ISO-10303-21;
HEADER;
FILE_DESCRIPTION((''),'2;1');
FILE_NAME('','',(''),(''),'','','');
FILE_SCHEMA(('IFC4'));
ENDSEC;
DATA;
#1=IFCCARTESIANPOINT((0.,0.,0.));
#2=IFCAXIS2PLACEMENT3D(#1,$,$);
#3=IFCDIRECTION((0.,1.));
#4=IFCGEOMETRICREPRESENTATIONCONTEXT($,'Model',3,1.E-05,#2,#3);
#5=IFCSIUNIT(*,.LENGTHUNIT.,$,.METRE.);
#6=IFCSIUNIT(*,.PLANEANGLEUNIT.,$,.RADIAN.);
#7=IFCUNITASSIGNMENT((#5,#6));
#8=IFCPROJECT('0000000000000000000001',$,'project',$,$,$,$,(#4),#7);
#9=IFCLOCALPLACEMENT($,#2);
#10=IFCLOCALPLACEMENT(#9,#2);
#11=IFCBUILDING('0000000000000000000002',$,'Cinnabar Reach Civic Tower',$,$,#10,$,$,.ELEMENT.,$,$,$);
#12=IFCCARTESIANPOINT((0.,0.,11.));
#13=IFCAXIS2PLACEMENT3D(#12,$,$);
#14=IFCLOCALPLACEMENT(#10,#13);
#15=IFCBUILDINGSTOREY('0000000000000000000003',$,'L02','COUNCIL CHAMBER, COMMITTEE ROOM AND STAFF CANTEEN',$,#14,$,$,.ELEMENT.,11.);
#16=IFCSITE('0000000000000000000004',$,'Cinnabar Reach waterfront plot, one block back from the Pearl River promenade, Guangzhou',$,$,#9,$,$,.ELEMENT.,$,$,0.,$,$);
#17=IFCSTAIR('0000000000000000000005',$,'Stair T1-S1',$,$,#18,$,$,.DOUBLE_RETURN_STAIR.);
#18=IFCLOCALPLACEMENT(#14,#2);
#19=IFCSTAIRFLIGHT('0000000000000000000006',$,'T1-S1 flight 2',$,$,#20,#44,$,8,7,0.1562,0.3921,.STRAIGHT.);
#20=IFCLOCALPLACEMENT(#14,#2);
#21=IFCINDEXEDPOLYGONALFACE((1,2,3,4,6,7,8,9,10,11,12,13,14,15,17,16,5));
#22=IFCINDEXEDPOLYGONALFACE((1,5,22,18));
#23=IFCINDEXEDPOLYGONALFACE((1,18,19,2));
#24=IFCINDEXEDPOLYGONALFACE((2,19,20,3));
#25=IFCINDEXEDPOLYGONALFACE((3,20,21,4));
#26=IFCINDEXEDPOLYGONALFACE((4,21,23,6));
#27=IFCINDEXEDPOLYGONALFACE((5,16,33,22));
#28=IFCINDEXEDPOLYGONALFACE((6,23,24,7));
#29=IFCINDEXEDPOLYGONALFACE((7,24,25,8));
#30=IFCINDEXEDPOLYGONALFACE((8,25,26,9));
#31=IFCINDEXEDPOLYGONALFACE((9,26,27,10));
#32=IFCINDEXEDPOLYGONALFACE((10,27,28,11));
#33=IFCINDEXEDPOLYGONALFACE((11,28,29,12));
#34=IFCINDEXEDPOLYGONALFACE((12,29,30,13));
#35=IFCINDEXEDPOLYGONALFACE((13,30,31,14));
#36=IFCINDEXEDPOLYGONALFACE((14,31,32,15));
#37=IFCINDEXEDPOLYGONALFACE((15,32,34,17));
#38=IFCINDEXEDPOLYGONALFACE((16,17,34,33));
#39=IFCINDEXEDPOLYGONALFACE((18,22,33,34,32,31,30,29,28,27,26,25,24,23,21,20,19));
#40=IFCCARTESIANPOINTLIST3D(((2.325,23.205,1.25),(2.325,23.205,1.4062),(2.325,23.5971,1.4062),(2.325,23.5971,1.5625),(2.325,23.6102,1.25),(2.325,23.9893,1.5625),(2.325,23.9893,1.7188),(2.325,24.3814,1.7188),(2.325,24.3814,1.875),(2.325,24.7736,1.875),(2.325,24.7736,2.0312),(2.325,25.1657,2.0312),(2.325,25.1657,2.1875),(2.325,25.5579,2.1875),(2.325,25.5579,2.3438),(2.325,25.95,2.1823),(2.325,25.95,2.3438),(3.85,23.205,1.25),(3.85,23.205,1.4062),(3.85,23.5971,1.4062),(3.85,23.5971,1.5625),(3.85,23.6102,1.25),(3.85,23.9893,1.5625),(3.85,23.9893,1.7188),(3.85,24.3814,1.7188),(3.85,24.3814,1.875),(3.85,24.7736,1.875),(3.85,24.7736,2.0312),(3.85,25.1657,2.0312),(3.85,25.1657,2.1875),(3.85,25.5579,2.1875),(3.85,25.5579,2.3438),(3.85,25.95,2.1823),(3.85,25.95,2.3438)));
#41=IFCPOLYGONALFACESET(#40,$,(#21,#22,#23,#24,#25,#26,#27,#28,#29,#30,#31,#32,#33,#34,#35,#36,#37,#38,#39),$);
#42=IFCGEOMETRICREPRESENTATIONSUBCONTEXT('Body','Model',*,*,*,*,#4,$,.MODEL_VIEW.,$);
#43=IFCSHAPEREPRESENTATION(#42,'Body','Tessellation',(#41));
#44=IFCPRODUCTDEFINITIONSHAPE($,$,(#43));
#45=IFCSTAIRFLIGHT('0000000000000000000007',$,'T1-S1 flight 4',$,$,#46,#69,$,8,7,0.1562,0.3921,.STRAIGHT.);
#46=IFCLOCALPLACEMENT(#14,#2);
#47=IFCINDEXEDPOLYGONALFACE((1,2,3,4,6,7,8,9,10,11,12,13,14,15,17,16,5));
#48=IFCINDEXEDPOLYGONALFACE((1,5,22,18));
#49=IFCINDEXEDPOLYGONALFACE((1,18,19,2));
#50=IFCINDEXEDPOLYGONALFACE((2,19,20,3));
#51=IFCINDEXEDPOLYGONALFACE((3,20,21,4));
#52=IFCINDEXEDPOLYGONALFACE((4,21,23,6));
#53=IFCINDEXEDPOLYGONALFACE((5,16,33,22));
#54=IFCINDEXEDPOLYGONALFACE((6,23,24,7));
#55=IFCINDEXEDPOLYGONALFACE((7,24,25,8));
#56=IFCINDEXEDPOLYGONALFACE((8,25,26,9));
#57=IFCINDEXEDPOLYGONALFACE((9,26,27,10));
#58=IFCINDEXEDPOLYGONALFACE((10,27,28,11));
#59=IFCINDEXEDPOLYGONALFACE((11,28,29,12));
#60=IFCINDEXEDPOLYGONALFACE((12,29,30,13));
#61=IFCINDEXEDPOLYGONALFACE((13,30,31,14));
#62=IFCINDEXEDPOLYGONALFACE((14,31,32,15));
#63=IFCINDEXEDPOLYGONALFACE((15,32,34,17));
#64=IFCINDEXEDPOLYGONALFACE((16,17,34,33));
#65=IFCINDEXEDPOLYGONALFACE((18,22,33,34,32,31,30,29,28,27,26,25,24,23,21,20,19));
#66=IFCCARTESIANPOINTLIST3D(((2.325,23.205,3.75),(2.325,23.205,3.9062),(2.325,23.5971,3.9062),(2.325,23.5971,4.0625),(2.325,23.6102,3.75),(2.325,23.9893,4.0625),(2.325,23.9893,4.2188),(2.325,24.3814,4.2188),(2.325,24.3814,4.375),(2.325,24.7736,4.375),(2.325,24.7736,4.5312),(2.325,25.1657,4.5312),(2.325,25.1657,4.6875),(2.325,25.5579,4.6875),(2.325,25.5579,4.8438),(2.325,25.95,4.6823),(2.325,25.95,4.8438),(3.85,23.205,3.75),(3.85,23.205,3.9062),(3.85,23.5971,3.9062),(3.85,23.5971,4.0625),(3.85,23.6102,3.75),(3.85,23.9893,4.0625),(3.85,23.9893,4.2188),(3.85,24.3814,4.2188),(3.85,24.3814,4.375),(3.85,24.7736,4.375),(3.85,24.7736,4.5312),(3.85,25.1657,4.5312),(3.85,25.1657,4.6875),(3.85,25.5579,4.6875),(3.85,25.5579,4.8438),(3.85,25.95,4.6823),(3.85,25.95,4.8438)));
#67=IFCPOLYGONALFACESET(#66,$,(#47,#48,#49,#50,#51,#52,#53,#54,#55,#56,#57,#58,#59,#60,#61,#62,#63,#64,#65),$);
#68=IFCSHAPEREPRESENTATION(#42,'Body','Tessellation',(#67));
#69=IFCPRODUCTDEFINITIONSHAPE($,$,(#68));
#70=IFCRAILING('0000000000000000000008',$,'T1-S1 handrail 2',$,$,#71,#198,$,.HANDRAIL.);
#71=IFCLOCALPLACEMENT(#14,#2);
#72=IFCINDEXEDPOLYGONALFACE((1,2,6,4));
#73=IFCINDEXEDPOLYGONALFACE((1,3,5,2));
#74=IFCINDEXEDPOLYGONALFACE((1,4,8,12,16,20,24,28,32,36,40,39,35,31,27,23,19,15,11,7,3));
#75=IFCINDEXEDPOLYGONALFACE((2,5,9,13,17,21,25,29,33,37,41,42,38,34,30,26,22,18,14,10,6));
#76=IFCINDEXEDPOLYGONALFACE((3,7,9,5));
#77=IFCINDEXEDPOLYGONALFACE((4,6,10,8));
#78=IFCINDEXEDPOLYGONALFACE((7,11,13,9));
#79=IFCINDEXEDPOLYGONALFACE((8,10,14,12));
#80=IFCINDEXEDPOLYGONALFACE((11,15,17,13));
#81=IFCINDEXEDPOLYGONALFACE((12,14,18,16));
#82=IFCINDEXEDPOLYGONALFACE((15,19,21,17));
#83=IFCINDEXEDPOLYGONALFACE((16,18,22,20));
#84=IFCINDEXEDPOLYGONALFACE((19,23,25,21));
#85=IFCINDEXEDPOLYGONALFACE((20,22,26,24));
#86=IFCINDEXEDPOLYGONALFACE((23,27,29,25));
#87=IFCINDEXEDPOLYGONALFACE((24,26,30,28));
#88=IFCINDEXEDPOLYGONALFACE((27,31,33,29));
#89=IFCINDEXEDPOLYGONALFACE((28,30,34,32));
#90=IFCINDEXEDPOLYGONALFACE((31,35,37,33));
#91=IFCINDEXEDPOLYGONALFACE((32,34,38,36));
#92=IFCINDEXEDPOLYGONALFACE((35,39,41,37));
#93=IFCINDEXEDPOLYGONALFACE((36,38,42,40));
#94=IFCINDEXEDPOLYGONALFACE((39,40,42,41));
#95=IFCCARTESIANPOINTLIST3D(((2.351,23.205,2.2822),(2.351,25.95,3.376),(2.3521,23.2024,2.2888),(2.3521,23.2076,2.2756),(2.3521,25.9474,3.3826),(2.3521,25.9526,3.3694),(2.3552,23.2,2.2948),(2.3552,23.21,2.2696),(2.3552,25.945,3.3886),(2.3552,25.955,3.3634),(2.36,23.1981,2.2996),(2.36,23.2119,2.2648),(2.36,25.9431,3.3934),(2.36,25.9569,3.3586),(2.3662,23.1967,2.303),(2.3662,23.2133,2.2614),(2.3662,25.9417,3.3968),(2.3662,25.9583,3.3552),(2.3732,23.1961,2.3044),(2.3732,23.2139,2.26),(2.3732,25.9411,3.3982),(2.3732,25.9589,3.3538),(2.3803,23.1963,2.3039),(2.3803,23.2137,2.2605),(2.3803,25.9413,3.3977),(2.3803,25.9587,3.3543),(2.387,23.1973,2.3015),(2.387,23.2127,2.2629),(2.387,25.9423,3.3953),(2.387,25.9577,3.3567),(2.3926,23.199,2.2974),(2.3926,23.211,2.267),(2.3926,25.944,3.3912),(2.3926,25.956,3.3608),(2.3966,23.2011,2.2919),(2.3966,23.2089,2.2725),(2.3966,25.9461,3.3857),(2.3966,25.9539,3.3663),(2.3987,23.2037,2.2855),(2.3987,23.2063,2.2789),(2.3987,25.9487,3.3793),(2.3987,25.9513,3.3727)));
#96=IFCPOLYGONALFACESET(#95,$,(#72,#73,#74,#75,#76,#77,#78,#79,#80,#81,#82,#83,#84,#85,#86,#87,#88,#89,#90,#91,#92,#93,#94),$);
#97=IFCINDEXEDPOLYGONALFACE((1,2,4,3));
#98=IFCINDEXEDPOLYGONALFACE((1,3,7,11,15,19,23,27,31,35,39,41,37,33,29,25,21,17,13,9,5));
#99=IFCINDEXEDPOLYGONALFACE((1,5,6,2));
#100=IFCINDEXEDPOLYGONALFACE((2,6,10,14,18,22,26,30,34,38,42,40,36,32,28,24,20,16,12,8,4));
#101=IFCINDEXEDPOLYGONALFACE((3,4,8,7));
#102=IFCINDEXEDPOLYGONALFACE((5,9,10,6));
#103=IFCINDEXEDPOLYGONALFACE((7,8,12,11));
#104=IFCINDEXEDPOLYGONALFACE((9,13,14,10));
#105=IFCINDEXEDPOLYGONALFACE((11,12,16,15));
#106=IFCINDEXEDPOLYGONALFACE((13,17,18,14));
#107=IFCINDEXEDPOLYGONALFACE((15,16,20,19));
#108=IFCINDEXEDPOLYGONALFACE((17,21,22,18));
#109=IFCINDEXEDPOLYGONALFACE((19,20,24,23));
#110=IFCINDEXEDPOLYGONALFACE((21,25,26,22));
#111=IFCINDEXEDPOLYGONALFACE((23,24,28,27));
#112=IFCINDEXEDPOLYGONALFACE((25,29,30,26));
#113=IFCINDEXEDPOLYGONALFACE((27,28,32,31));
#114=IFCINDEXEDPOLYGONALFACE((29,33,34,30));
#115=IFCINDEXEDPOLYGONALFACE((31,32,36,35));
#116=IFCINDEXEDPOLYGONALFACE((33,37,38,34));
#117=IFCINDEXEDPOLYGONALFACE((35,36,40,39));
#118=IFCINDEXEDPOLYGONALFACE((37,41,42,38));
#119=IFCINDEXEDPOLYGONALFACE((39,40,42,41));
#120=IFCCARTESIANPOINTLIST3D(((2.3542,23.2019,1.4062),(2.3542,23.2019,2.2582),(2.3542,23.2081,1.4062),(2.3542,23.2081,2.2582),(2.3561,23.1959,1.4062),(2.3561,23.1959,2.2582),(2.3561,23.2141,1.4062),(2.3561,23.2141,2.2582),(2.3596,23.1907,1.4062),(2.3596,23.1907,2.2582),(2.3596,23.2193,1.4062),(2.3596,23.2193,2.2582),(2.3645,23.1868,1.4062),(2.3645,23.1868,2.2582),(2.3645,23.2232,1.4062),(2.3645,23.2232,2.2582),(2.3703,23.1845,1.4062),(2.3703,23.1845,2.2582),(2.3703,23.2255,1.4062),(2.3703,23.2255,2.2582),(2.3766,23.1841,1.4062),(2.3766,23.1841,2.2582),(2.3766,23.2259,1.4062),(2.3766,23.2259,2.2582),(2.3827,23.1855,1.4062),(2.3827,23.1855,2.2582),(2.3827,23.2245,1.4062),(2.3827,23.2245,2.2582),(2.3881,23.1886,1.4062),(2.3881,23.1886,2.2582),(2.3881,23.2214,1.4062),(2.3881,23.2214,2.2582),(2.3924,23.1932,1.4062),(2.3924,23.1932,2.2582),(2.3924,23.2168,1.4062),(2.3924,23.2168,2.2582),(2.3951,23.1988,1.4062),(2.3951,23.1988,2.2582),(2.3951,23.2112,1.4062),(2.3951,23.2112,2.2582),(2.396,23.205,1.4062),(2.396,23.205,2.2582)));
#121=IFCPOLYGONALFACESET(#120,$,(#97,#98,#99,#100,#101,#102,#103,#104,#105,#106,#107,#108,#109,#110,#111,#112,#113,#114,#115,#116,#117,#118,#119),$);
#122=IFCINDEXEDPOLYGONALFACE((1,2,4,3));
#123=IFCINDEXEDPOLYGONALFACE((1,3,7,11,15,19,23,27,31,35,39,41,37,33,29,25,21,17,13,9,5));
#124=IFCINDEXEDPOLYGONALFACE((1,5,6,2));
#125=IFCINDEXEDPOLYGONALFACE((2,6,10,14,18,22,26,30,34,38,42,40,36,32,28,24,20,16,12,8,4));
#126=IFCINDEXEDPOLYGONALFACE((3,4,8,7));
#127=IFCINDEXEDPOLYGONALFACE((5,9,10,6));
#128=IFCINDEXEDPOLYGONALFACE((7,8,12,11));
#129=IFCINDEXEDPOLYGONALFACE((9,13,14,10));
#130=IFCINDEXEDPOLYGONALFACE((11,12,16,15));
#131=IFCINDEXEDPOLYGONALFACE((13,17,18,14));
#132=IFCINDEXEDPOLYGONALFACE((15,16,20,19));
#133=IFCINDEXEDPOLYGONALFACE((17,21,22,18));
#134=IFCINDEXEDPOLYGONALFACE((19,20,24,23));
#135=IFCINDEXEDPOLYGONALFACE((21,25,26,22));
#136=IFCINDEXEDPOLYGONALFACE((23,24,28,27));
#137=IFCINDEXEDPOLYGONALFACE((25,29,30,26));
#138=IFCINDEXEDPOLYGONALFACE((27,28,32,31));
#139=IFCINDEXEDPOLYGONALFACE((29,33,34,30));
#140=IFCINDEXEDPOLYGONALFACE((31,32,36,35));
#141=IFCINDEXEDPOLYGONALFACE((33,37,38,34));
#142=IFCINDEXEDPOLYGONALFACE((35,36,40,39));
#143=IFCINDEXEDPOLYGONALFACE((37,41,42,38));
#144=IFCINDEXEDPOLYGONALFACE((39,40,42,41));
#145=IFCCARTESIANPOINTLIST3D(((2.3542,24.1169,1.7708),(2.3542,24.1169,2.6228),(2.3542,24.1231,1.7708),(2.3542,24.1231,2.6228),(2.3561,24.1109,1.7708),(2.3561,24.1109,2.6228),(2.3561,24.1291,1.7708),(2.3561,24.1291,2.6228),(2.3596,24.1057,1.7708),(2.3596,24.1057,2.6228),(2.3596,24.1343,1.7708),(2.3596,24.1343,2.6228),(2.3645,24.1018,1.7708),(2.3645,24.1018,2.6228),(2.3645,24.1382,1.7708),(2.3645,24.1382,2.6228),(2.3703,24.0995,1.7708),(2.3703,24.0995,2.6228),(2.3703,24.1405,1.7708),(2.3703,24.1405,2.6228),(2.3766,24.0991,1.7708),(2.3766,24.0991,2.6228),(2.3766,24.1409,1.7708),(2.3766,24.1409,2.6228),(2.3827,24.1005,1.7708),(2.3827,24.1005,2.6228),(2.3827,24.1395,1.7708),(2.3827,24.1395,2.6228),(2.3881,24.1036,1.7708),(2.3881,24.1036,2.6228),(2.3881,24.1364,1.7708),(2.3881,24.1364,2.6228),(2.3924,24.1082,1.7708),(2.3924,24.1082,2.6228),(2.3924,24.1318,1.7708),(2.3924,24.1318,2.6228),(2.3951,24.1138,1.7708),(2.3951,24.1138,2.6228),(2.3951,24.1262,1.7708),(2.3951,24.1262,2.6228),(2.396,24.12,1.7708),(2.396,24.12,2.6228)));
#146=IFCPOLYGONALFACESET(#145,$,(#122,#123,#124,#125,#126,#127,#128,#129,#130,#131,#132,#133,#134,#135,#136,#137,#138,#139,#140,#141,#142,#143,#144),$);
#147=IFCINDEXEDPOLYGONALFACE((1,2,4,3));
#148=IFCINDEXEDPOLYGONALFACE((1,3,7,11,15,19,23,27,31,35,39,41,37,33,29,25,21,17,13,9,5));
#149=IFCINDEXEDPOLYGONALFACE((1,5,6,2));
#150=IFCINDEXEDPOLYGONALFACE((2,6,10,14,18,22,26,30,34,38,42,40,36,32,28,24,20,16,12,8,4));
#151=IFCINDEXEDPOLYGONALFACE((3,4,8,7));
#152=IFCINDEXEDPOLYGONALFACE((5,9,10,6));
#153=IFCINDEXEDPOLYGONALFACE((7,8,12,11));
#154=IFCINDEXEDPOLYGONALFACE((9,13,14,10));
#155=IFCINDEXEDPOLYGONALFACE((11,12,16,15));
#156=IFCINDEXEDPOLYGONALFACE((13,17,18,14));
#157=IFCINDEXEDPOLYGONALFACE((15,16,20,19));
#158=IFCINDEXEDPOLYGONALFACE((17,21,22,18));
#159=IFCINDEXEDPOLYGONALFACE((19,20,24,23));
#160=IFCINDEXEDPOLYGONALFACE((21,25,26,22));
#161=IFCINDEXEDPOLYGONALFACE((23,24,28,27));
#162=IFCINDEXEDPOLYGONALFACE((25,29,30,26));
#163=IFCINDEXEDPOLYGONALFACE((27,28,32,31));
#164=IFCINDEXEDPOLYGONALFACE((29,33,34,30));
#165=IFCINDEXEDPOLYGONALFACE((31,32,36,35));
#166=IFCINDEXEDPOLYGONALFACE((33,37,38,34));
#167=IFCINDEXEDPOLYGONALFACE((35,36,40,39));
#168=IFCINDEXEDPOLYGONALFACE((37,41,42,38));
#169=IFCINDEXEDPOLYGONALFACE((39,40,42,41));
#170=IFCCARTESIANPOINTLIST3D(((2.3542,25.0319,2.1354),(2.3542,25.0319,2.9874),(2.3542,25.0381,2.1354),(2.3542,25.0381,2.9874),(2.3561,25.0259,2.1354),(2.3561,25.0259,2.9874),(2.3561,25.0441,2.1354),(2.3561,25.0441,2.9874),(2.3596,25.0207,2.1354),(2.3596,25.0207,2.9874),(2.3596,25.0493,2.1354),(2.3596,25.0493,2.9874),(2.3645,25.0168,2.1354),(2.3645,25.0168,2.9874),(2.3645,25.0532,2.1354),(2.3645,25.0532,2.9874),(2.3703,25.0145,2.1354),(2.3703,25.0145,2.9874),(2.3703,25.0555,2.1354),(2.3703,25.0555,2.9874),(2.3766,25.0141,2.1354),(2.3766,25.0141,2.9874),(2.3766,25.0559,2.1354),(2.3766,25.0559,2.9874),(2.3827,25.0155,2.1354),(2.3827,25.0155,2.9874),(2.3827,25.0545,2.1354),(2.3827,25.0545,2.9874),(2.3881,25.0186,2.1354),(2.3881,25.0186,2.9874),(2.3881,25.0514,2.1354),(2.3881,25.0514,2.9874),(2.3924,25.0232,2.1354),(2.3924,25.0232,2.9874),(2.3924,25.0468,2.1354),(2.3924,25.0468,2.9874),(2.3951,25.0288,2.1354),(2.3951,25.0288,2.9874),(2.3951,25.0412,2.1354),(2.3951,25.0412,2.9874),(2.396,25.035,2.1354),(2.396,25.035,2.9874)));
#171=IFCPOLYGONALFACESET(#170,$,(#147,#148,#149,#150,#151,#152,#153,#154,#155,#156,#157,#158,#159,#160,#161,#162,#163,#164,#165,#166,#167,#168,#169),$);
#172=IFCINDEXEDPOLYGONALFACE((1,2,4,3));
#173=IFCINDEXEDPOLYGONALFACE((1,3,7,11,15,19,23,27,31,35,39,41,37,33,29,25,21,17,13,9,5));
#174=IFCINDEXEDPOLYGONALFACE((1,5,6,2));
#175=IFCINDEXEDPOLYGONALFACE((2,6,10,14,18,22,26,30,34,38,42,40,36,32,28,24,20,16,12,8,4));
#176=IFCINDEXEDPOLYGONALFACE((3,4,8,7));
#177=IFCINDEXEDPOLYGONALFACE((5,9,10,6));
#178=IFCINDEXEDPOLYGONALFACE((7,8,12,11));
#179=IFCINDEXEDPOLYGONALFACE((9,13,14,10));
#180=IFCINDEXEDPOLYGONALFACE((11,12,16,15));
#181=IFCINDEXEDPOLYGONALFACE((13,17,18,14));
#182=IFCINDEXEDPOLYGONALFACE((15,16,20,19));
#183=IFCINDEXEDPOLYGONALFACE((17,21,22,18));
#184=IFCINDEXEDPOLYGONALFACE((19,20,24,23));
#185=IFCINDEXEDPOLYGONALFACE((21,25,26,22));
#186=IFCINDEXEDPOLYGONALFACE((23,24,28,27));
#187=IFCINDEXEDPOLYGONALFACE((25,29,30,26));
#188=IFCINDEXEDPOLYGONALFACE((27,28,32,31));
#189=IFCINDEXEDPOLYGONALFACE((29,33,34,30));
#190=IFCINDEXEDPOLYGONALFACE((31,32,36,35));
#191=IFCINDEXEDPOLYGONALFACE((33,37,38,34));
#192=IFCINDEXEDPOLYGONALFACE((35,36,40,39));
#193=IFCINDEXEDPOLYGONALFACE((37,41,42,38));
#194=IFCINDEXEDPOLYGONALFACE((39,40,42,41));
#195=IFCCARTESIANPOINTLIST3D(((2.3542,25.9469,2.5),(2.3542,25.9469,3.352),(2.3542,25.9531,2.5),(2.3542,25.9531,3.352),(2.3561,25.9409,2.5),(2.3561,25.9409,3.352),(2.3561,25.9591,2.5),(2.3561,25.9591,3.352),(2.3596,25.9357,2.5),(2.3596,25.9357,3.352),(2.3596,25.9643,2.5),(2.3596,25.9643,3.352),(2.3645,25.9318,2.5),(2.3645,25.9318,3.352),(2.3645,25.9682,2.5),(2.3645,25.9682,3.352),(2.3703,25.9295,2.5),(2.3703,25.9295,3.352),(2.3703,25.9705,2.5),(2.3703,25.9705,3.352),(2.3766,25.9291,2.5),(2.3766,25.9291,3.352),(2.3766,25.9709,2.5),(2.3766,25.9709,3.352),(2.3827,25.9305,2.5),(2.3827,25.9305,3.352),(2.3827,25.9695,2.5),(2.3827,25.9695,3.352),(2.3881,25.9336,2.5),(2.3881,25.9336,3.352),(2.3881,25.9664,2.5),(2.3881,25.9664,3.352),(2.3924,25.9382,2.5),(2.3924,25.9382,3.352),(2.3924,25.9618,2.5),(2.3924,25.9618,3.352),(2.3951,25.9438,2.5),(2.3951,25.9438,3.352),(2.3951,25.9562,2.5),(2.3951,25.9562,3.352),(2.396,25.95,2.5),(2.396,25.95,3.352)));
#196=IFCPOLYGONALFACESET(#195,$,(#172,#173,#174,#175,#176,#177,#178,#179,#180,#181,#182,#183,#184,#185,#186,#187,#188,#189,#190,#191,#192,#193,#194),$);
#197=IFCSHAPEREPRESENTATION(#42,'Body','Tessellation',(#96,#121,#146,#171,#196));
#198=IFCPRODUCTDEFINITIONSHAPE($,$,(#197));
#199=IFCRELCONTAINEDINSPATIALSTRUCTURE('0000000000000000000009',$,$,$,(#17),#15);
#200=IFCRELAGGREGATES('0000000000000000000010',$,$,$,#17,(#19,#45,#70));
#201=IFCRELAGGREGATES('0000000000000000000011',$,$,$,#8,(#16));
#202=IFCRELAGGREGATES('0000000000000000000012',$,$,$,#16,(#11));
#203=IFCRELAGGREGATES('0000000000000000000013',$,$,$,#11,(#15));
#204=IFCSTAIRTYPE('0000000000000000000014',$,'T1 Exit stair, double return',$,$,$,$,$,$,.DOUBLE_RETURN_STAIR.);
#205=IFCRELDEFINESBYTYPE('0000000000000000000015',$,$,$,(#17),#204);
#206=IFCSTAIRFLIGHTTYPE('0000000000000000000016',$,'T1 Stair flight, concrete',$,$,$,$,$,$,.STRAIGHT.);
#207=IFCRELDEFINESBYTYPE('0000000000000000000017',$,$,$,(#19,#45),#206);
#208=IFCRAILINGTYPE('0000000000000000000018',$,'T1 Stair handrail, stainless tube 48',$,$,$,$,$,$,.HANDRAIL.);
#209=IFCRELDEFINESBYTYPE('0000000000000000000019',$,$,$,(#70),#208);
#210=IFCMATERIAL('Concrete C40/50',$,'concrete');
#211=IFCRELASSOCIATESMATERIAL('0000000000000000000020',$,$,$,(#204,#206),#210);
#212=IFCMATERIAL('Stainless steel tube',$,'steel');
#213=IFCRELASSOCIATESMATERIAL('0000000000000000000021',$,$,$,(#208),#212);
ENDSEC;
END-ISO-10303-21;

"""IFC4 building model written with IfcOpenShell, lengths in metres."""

from ifc_helpers import new_model, si_unit, direction, frame, origin, origin_2d, place, context, subcontext, project, spatial, polyline, circle, outline, extrude, material, type_object, element, aggregate, save


model = new_model("IFC4")

# Units and contexts
model_context = context("Model", 3, precision=1e-05, world=origin(), true_north=direction((0.0, 1.0)))
body_context = subcontext(model_context, "Body", "Model", "MODEL_VIEW")
ifc_project = project(units=[si_unit("LENGTHUNIT", "METRE"), si_unit("PLANEANGLEUNIT", "RADIAN")], contexts=[model_context])

# Site, building, storey
site_placement = place(None, origin())
site = spatial("IfcSite", under=ifc_project, at=site_placement, Name="Cinnabar Reach waterfront plot, one block back from the Pearl River promenade, Guangzhou", CompositionType="ELEMENT", RefElevation=0.0)
building_placement = place(site_placement, origin())
building = spatial("IfcBuilding", under=site, at=building_placement, Name="Cinnabar Reach Civic Tower", CompositionType="ELEMENT")
storey_placement = place(building_placement, frame((0.0, 0.0, 11.0)))
storey = spatial("IfcBuildingStorey", under=building, at=storey_placement, Name="L02", Description="COUNCIL CHAMBER, COMMITTEE ROOM AND STAFF CANTEEN", CompositionType="ELEMENT", Elevation=11.0)

# Shared definitions
ifc_material_1 = material(Name="Concrete C40/50", Category="concrete")

# Stair, stair flights, railing
stair_type = type_object("IfcStairType", Name="T1 Exit stair, double return", PredefinedType="DOUBLE_RETURN_STAIR", material=ifc_material_1)
stair_placement = place(storey_placement, origin())
stair = element("IfcStair", 1, at=stair_placement, inside=storey, type_object=stair_type, Name="Stair T1-S1", PredefinedType="DOUBLE_RETURN_STAIR")
stair_flight_type = type_object("IfcStairFlightType", Name="T1 Stair flight, concrete", PredefinedType="STRAIGHT", material=ifc_material_1)
stair_flight_1_placement = place(storey_placement, frame((3.0875, 23.205, 1.25), z_axis=(0.0, 0.0, 1.0), x_axis=(0.0, 1.0, 0.0)))
stair_flight_1 = element("IfcStairFlight", 2, at=stair_flight_1_placement, type_object=stair_flight_type, Name="T1-S1 flight 2", NumberOfRisers=8, NumberOfTreads=7, PredefinedType="STRAIGHT", RiserHeight=0.1562, TreadLength=0.3921, context=body_context, shape_type="SweptSolid", body=[
    extrude(outline(polyline([(0.0, 0.0), (0.0, 0.1562), (0.3921, 0.1562), (0.3921, 0.3125), (0.7843, 0.3125), (0.7843, 0.4688), (1.1764, 0.4688), (1.1764, 0.625), (1.5686, 0.625), (1.5686, 0.7812), (1.9607, 0.7812), (1.9607, 0.9375), (2.3529, 0.9375), (2.3529, 1.0938), (2.745, 1.0938), (2.745, 1.25), (2.745, 0.9323), (0.4052, 0.0), (0.0, 0.0)])), frame((0.0, 0.7625, 0.0), z_axis=(0.0, -1.0, 0.0), x_axis=(1.0, 0.0, 0.0)), (0.0, 0.0, 1.0), 1.525),
])
stair_flight_2_placement = place(storey_placement, frame((3.0875, 23.205, 3.75), z_axis=(0.0, 0.0, 1.0), x_axis=(0.0, 1.0, 0.0)))
stair_flight_2 = element("IfcStairFlight", 3, at=stair_flight_2_placement, type_object=stair_flight_type, Name="T1-S1 flight 4", NumberOfRisers=8, NumberOfTreads=7, PredefinedType="STRAIGHT", RiserHeight=0.1562, TreadLength=0.3921, context=body_context, shape_type="SweptSolid", body=[
    extrude(outline(polyline([(0.0, 0.0), (0.0, 0.1562), (0.3921, 0.1562), (0.3921, 0.3125), (0.7843, 0.3125), (0.7843, 0.4688), (1.1764, 0.4688), (1.1764, 0.625), (1.5686, 0.625), (1.5686, 0.7812), (1.9607, 0.7812), (1.9607, 0.9375), (2.3529, 0.9375), (2.3529, 1.0938), (2.745, 1.0938), (2.745, 1.25), (2.745, 0.9323), (0.4052, 0.0), (0.0, 0.0)])), frame((0.0, 0.7625, 0.0), z_axis=(0.0, -1.0, 0.0), x_axis=(1.0, 0.0, 0.0)), (0.0, 0.0, 1.0), 1.525),
])
ifc_material_2 = material(Name="Stainless steel tube", Category="steel")
railing_type = type_object("IfcRailingType", Name="T1 Stair handrail, stainless tube 48", PredefinedType="HANDRAIL", material=ifc_material_2)
railing_1_placement = place(storey_placement, frame((2.375, 23.205, 1.4062)))
railing_1 = element("IfcRailing", 4, at=railing_1_placement, type_object=railing_type, Name="T1-S1 handrail 2", PredefinedType="HANDRAIL", context=body_context, shape_type="SweptSolid", body=[
    extrude(circle(Radius=0.024, at=origin_2d()), frame((0.0, 0.0, 0.876), z_axis=(0.0, 0.928966, 0.370165), x_axis=(-1.0, 0.0, 0.0)), (0.0, 0.0, 1.0), 2.9549),
    extrude(circle(Radius=0.021, at=origin_2d()), origin(), (0.0, 0.0, 1.0), 0.852),
    extrude(circle(Radius=0.021, at=origin_2d()), frame((0.0, 0.915, 0.3646)), (0.0, 0.0, 1.0), 0.852),
    extrude(circle(Radius=0.021, at=origin_2d()), frame((0.0, 1.83, 0.7292)), (0.0, 0.0, 1.0), 0.852),
    extrude(circle(Radius=0.021, at=origin_2d()), frame((0.0, 2.745, 1.0938)), (0.0, 0.0, 1.0), 0.852),
])
aggregate(stair, [stair_flight_1, stair_flight_2, railing_1])

save(model, "model.ifc")
